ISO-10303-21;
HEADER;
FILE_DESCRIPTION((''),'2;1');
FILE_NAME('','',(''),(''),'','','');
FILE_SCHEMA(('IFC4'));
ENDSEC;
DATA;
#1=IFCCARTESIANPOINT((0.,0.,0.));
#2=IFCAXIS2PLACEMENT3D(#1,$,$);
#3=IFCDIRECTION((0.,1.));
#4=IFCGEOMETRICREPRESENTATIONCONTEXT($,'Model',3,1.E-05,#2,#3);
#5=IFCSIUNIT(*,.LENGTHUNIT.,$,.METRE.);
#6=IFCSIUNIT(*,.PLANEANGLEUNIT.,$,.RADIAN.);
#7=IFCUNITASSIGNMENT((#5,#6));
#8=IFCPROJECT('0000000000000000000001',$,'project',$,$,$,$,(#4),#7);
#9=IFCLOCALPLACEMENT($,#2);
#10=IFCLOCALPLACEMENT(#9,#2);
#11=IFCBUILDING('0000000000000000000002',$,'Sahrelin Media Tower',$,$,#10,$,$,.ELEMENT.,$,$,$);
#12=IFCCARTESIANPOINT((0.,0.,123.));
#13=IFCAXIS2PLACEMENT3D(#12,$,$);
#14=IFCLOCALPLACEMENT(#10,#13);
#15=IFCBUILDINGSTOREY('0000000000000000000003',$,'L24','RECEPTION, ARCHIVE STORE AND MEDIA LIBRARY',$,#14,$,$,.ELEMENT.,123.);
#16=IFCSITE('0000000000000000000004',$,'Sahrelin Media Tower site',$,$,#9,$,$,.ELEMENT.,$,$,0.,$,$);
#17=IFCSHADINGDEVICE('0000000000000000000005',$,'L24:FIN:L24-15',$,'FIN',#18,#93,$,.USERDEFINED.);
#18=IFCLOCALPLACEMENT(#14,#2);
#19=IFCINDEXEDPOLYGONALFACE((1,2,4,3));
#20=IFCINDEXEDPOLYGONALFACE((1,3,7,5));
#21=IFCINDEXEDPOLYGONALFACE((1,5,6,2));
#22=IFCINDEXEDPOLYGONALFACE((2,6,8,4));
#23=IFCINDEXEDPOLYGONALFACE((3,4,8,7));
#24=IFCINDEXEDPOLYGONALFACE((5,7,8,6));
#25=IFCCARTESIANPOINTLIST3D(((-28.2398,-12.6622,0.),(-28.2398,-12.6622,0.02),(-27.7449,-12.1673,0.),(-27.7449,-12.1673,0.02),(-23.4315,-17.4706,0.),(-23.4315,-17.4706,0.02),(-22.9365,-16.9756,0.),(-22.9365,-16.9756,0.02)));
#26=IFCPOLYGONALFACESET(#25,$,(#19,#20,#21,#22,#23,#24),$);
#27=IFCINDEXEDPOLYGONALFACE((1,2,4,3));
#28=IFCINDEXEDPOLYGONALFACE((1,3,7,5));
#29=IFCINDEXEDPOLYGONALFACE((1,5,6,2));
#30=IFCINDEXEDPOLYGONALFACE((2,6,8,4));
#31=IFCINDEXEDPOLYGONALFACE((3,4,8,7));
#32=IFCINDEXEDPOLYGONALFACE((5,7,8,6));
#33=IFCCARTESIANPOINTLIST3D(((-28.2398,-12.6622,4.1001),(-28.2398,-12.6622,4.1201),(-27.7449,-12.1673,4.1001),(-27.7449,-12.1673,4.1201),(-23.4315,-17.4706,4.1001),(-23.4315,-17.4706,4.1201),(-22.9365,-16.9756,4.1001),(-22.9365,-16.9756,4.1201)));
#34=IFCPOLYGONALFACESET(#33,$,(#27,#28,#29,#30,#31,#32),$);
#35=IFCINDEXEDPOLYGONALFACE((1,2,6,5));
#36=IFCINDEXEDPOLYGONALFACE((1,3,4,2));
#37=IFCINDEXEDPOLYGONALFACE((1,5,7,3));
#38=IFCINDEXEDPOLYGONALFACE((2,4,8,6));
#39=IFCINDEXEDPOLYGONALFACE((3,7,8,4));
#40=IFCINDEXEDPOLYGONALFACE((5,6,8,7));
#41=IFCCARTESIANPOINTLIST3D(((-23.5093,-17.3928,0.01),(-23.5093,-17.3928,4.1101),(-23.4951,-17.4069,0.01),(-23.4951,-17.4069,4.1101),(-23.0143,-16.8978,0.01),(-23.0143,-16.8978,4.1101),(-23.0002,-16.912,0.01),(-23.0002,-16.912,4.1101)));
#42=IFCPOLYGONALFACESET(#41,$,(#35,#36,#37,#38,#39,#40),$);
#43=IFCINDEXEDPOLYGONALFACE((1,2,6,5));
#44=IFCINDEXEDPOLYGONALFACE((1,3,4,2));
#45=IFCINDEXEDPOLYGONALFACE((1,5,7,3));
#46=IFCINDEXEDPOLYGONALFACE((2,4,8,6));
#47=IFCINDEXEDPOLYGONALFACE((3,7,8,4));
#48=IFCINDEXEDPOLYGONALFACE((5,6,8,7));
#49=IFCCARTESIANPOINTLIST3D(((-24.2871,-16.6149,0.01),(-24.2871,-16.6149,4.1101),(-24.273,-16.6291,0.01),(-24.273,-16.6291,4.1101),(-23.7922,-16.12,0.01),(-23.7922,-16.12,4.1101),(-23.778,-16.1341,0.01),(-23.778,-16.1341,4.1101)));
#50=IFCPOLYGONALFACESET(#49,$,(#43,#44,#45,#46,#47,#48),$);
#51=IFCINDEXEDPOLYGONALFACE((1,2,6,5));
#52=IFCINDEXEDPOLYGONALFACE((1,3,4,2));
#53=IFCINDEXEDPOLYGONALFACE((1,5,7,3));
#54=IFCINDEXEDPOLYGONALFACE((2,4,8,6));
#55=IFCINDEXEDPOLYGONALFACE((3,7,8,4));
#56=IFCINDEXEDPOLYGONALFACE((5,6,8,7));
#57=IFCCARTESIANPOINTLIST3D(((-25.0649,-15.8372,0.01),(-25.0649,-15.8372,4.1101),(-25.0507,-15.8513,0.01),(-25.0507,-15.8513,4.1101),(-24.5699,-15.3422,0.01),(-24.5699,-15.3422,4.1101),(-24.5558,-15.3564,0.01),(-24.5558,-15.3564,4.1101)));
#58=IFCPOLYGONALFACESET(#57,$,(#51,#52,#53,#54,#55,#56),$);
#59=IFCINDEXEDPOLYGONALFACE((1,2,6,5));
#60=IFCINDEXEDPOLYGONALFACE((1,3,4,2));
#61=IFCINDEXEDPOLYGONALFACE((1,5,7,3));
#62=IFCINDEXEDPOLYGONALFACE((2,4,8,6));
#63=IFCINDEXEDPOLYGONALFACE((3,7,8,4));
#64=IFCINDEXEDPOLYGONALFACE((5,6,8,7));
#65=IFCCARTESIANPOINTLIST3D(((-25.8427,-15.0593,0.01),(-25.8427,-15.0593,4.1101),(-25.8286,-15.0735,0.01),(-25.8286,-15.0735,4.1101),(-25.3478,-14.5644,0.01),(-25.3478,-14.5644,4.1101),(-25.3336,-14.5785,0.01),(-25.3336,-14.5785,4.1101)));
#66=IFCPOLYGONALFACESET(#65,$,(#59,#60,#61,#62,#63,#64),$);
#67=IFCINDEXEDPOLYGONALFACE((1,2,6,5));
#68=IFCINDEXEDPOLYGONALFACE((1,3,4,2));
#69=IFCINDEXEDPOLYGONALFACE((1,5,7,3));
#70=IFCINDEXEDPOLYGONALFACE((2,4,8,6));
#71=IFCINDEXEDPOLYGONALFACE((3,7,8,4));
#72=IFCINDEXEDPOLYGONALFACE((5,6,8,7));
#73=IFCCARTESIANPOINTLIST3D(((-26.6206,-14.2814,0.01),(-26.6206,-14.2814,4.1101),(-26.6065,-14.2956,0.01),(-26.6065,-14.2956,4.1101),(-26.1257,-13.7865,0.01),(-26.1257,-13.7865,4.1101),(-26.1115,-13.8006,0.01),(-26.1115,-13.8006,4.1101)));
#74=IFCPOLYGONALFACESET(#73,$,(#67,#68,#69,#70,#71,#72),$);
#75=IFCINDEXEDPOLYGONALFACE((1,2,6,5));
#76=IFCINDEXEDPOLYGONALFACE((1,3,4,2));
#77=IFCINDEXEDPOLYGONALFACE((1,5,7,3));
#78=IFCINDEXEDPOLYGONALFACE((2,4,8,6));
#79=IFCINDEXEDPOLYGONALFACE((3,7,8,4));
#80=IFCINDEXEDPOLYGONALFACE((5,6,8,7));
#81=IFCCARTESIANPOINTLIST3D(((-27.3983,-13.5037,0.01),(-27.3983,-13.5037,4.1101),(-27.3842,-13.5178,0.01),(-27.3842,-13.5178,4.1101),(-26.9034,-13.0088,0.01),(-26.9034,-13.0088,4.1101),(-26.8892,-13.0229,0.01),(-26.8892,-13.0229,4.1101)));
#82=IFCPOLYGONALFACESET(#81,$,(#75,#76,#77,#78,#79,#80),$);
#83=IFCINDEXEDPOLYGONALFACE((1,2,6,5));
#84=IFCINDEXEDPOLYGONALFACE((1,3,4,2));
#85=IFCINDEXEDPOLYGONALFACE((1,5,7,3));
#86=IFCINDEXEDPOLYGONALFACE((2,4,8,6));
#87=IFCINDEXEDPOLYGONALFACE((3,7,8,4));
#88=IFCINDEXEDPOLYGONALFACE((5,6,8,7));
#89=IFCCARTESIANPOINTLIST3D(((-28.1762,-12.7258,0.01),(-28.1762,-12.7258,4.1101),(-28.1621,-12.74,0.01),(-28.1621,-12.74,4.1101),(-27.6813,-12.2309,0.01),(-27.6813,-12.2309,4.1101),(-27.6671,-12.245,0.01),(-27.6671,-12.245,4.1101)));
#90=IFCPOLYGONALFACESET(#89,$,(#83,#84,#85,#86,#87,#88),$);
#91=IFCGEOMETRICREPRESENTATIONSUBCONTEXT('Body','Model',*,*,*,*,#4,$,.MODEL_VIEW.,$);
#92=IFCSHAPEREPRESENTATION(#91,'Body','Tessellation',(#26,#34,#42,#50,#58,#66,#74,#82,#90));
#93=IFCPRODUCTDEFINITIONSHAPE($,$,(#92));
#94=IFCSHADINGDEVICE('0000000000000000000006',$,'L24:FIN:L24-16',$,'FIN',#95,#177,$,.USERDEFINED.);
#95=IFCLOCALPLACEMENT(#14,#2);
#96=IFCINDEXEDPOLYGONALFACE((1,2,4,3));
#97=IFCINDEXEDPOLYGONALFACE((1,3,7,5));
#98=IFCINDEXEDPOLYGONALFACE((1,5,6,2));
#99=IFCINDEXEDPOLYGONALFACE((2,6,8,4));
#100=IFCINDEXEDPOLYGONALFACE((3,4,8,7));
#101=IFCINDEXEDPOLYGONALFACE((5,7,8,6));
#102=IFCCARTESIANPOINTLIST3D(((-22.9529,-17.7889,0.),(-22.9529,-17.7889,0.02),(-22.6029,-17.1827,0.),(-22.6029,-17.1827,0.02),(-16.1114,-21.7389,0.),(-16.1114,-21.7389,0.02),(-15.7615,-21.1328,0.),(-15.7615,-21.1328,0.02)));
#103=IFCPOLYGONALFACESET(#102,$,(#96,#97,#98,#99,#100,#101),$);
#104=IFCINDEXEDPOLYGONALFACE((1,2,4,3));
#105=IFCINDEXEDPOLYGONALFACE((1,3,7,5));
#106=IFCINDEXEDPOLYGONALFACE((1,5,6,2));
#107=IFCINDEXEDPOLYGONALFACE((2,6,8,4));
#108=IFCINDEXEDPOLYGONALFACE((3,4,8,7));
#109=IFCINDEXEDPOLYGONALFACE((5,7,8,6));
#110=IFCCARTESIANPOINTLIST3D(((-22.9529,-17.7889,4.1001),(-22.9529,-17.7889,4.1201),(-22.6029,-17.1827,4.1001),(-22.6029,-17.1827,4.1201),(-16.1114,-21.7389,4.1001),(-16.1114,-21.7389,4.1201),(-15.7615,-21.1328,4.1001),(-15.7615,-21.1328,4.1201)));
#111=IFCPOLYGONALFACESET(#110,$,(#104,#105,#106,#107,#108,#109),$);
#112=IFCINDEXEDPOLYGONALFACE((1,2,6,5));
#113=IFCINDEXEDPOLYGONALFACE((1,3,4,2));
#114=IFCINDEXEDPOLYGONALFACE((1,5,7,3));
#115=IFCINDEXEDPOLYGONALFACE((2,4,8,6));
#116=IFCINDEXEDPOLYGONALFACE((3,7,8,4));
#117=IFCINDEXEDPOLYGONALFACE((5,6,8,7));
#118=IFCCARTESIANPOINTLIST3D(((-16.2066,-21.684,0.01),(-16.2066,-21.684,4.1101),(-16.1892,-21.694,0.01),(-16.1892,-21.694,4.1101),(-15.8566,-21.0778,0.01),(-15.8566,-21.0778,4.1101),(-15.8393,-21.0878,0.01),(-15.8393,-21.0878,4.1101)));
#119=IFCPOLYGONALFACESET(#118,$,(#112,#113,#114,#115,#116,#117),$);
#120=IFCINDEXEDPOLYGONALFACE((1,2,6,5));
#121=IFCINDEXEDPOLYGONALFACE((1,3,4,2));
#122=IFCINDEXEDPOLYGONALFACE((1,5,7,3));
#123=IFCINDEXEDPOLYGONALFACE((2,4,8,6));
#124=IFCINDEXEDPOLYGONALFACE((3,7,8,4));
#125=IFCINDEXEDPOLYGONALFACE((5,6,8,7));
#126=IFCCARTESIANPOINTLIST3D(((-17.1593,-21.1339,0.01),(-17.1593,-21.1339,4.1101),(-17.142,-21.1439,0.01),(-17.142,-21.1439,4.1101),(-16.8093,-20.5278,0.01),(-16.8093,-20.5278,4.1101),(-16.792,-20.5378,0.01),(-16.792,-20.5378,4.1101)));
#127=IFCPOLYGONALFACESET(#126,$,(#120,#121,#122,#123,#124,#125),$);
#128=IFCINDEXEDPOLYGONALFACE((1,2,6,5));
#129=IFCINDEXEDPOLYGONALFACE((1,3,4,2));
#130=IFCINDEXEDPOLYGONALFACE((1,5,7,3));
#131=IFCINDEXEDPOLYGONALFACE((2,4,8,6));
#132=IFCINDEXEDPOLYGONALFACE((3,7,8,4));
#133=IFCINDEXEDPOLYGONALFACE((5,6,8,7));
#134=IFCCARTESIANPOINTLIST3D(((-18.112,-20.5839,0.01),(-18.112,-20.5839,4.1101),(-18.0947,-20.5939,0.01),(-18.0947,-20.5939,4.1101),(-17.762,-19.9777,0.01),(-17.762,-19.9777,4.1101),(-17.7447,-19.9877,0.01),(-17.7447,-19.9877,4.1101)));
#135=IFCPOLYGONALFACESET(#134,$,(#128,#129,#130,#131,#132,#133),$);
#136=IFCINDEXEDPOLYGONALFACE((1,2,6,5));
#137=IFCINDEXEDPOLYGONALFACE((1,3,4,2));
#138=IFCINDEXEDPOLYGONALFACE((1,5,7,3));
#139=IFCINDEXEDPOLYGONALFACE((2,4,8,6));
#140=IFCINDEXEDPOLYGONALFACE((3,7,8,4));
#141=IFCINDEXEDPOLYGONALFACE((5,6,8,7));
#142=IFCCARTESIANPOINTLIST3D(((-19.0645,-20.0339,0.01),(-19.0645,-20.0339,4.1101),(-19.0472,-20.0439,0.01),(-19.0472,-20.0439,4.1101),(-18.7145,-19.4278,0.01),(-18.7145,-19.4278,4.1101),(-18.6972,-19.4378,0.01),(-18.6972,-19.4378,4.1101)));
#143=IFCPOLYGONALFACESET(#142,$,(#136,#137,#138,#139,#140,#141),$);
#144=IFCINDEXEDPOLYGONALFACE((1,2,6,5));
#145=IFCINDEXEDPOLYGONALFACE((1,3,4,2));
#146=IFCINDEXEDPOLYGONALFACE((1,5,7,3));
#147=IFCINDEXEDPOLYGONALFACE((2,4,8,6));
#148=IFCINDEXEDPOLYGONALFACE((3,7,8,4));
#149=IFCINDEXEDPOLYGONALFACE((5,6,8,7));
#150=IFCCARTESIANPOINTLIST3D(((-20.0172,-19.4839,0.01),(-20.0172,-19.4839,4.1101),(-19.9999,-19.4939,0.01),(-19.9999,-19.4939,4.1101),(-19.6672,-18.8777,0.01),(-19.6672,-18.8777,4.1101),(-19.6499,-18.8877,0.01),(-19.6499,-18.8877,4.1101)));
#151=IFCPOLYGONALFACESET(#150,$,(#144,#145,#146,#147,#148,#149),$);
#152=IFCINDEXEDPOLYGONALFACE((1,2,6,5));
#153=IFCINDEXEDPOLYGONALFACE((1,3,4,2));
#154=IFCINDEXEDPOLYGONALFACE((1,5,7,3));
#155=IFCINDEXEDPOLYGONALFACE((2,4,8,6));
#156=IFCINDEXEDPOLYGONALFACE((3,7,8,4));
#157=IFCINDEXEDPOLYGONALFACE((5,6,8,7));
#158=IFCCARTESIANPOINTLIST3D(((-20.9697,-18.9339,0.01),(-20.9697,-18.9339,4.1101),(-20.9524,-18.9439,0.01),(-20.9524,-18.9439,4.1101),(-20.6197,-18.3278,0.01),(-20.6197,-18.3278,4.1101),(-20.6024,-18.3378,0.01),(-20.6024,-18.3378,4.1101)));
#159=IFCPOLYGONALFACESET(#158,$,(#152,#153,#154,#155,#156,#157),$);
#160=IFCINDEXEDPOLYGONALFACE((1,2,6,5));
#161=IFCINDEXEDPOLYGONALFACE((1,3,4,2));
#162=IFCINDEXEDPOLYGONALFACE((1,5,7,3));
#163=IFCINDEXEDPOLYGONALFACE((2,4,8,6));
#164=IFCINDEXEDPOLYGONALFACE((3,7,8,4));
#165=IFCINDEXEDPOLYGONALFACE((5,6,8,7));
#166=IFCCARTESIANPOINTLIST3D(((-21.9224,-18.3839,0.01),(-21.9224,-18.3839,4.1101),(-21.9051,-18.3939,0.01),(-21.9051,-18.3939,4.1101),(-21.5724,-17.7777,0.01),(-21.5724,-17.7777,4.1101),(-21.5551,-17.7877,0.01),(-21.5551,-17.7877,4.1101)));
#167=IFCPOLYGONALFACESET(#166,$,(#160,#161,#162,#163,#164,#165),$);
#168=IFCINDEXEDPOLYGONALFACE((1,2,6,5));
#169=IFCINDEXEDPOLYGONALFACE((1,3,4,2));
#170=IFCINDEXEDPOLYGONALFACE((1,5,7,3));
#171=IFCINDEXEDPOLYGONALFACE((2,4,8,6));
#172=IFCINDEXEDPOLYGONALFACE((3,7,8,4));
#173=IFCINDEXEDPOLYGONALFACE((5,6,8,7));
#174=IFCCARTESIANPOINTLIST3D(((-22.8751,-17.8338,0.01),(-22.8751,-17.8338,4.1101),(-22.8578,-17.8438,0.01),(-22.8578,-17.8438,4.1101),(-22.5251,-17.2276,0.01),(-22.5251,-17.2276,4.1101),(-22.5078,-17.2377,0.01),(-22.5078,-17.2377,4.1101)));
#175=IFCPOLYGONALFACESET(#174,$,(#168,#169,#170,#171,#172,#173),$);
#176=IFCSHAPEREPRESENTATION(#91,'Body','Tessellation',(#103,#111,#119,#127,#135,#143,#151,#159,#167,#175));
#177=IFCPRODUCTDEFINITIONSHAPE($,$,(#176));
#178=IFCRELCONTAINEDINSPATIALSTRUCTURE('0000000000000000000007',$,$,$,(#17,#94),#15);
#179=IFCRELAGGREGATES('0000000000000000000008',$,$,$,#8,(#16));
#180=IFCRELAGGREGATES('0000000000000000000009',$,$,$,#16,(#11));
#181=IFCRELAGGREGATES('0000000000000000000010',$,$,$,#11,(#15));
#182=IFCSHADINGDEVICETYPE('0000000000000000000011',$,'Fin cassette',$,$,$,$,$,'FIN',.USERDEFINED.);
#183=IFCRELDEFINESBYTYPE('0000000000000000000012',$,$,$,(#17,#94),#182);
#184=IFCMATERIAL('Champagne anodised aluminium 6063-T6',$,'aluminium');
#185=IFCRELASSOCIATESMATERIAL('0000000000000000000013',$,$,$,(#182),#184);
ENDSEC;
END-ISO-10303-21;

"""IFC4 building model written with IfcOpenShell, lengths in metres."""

from ifc_helpers import new_model, si_unit, direction, frame, origin, origin_2d, place, context, subcontext, project, spatial, rectangle, extrude, material, type_object, element, save


model = new_model("IFC4")

# Units and contexts
model_context = context("Model", 3, precision=1e-05, world=origin(), true_north=direction((0.0, 1.0)))
body_context = subcontext(model_context, "Body", "Model", "MODEL_VIEW")
ifc_project = project(units=[si_unit("LENGTHUNIT", "METRE"), si_unit("PLANEANGLEUNIT", "RADIAN")], contexts=[model_context])

# Site, building, storey
site_placement = place(None, origin())
site = spatial("IfcSite", under=ifc_project, at=site_placement, Name="Sahrelin Media Tower site", CompositionType="ELEMENT", RefElevation=0.0)
building_placement = place(site_placement, origin())
building = spatial("IfcBuilding", under=site, at=building_placement, Name="Sahrelin Media Tower", CompositionType="ELEMENT")
storey_placement = place(building_placement, frame((0.0, 0.0, 123.0)))
storey = spatial("IfcBuildingStorey", under=building, at=storey_placement, Name="L24", Description="RECEPTION, ARCHIVE STORE AND MEDIA LIBRARY", CompositionType="ELEMENT", Elevation=123.0)

# Shared definitions
ifc_material_1 = material(Name="Champagne anodised aluminium 6063-T6", Category="aluminium")

# Shading devices
shading_device_type_1 = type_object("IfcShadingDeviceType", Name="Fin cassette", ElementType="FIN", PredefinedType="USERDEFINED", material=ifc_material_1)
placement_1 = place(storey_placement, frame((-25.2913, -14.522, 0.0), z_axis=(0.0, 0.0, 1.0), x_axis=(-0.707107, 0.707107, 0.0)))
element("IfcShadingDevice", 1, at=placement_1, inside=storey, type_object=shading_device_type_1, Name="L24:FIN:L24-15", ObjectType="FIN", PredefinedType="USERDEFINED", context=body_context, shape_type="SweptSolid", body=[
    extrude(rectangle(XDim=6.8, YDim=0.7, at=origin_2d()), frame((0.0, 0.4199, 0.0)), (0.0, 0.0, 1.0), 0.02),
    extrude(rectangle(XDim=6.8, YDim=0.7, at=origin_2d()), frame((0.0, 0.4199, 4.1001)), (0.0, 0.0, 1.0), 0.02),
    extrude(rectangle(XDim=0.02, YDim=0.7, at=origin_2d()), frame((-3.3, 0.4199, 0.01), z_axis=(0.0, 0.0, 1.0), x_axis=(1.0, 0.0, 0.0)), (0.0, 0.0, 1.0), 4.1001),
    extrude(rectangle(XDim=0.02, YDim=0.7, at=origin_2d()), frame((-2.2, 0.4199, 0.01), z_axis=(0.0, 0.0, 1.0), x_axis=(1.0, 0.0, 0.0)), (0.0, 0.0, 1.0), 4.1001),
    extrude(rectangle(XDim=0.02, YDim=0.7, at=origin_2d()), frame((-1.1001, 0.4199, 0.01), z_axis=(0.0, 0.0, 1.0), x_axis=(1.0, 0.0, 0.0)), (0.0, 0.0, 1.0), 4.1001),
    extrude(rectangle(XDim=0.02, YDim=0.7, at=origin_2d()), frame((0.0, 0.4199, 0.01), z_axis=(0.0, 0.0, 1.0), x_axis=(1.0, 0.0, 0.0)), (0.0, 0.0, 1.0), 4.1001),
    extrude(rectangle(XDim=0.02, YDim=0.7, at=origin_2d()), frame((1.1001, 0.4199, 0.01), z_axis=(0.0, 0.0, 1.0), x_axis=(1.0, 0.0, 0.0)), (0.0, 0.0, 1.0), 4.1001),
    extrude(rectangle(XDim=0.02, YDim=0.7, at=origin_2d()), frame((2.2, 0.4199, 0.01), z_axis=(0.0, 0.0, 1.0), x_axis=(1.0, 0.0, 0.0)), (0.0, 0.0, 1.0), 4.1001),
    extrude(rectangle(XDim=0.02, YDim=0.7, at=origin_2d()), frame((3.3, 0.4199, 0.01), z_axis=(0.0, 0.0, 1.0), x_axis=(1.0, 0.0, 0.0)), (0.0, 0.0, 1.0), 4.1001),
])
placement_2 = place(storey_placement, frame((-19.1472, -19.0972, 0.0), z_axis=(0.0, 0.0, 1.0), x_axis=(-0.866019, 0.500011, 0.0)))
element("IfcShadingDevice", 2, at=placement_2, inside=storey, type_object=shading_device_type_1, Name="L24:FIN:L24-16", ObjectType="FIN", PredefinedType="USERDEFINED", context=body_context, shape_type="SweptSolid", body=[
    extrude(rectangle(XDim=7.8999, YDim=0.7, at=origin_2d()), frame((0.0, 0.4199, 0.0)), (0.0, 0.0, 1.0), 0.02),
    extrude(rectangle(XDim=7.8999, YDim=0.7, at=origin_2d()), frame((0.0, 0.4199, 4.1001)), (0.0, 0.0, 1.0), 0.02),
    extrude(rectangle(XDim=0.02, YDim=0.7, at=origin_2d()), frame((-3.8501, 0.4199, 0.01), z_axis=(0.0, 0.0, 1.0), x_axis=(1.0, 0.0, 0.0)), (0.0, 0.0, 1.0), 4.1001),
    extrude(rectangle(XDim=0.02, YDim=0.7, at=origin_2d()), frame((-2.75, 0.4199, 0.01), z_axis=(0.0, 0.0, 1.0), x_axis=(1.0, 0.0, 0.0)), (0.0, 0.0, 1.0), 4.1001),
    extrude(rectangle(XDim=0.02, YDim=0.7, at=origin_2d()), frame((-1.6499, 0.4199, 0.01), z_axis=(0.0, 0.0, 1.0), x_axis=(1.0, 0.0, 0.0)), (0.0, 0.0, 1.0), 4.1001),
    extrude(rectangle(XDim=0.02, YDim=0.7, at=origin_2d()), frame((-0.55, 0.4199, 0.01), z_axis=(0.0, 0.0, 1.0), x_axis=(1.0, 0.0, 0.0)), (0.0, 0.0, 1.0), 4.1001),
    extrude(rectangle(XDim=0.02, YDim=0.7, at=origin_2d()), frame((0.55, 0.4199, 0.01), z_axis=(0.0, 0.0, 1.0), x_axis=(1.0, 0.0, 0.0)), (0.0, 0.0, 1.0), 4.1001),
    extrude(rectangle(XDim=0.02, YDim=0.7, at=origin_2d()), frame((1.6499, 0.4199, 0.01), z_axis=(0.0, 0.0, 1.0), x_axis=(1.0, 0.0, 0.0)), (0.0, 0.0, 1.0), 4.1001),
    extrude(rectangle(XDim=0.02, YDim=0.7, at=origin_2d()), frame((2.75, 0.4199, 0.01), z_axis=(0.0, 0.0, 1.0), x_axis=(1.0, 0.0, 0.0)), (0.0, 0.0, 1.0), 4.1001),
    extrude(rectangle(XDim=0.02, YDim=0.7, at=origin_2d()), frame((3.8501, 0.4199, 0.01), z_axis=(0.0, 0.0, 1.0), x_axis=(1.0, 0.0, 0.0)), (0.0, 0.0, 1.0), 4.1001),
])

save(model, "model.ifc")
